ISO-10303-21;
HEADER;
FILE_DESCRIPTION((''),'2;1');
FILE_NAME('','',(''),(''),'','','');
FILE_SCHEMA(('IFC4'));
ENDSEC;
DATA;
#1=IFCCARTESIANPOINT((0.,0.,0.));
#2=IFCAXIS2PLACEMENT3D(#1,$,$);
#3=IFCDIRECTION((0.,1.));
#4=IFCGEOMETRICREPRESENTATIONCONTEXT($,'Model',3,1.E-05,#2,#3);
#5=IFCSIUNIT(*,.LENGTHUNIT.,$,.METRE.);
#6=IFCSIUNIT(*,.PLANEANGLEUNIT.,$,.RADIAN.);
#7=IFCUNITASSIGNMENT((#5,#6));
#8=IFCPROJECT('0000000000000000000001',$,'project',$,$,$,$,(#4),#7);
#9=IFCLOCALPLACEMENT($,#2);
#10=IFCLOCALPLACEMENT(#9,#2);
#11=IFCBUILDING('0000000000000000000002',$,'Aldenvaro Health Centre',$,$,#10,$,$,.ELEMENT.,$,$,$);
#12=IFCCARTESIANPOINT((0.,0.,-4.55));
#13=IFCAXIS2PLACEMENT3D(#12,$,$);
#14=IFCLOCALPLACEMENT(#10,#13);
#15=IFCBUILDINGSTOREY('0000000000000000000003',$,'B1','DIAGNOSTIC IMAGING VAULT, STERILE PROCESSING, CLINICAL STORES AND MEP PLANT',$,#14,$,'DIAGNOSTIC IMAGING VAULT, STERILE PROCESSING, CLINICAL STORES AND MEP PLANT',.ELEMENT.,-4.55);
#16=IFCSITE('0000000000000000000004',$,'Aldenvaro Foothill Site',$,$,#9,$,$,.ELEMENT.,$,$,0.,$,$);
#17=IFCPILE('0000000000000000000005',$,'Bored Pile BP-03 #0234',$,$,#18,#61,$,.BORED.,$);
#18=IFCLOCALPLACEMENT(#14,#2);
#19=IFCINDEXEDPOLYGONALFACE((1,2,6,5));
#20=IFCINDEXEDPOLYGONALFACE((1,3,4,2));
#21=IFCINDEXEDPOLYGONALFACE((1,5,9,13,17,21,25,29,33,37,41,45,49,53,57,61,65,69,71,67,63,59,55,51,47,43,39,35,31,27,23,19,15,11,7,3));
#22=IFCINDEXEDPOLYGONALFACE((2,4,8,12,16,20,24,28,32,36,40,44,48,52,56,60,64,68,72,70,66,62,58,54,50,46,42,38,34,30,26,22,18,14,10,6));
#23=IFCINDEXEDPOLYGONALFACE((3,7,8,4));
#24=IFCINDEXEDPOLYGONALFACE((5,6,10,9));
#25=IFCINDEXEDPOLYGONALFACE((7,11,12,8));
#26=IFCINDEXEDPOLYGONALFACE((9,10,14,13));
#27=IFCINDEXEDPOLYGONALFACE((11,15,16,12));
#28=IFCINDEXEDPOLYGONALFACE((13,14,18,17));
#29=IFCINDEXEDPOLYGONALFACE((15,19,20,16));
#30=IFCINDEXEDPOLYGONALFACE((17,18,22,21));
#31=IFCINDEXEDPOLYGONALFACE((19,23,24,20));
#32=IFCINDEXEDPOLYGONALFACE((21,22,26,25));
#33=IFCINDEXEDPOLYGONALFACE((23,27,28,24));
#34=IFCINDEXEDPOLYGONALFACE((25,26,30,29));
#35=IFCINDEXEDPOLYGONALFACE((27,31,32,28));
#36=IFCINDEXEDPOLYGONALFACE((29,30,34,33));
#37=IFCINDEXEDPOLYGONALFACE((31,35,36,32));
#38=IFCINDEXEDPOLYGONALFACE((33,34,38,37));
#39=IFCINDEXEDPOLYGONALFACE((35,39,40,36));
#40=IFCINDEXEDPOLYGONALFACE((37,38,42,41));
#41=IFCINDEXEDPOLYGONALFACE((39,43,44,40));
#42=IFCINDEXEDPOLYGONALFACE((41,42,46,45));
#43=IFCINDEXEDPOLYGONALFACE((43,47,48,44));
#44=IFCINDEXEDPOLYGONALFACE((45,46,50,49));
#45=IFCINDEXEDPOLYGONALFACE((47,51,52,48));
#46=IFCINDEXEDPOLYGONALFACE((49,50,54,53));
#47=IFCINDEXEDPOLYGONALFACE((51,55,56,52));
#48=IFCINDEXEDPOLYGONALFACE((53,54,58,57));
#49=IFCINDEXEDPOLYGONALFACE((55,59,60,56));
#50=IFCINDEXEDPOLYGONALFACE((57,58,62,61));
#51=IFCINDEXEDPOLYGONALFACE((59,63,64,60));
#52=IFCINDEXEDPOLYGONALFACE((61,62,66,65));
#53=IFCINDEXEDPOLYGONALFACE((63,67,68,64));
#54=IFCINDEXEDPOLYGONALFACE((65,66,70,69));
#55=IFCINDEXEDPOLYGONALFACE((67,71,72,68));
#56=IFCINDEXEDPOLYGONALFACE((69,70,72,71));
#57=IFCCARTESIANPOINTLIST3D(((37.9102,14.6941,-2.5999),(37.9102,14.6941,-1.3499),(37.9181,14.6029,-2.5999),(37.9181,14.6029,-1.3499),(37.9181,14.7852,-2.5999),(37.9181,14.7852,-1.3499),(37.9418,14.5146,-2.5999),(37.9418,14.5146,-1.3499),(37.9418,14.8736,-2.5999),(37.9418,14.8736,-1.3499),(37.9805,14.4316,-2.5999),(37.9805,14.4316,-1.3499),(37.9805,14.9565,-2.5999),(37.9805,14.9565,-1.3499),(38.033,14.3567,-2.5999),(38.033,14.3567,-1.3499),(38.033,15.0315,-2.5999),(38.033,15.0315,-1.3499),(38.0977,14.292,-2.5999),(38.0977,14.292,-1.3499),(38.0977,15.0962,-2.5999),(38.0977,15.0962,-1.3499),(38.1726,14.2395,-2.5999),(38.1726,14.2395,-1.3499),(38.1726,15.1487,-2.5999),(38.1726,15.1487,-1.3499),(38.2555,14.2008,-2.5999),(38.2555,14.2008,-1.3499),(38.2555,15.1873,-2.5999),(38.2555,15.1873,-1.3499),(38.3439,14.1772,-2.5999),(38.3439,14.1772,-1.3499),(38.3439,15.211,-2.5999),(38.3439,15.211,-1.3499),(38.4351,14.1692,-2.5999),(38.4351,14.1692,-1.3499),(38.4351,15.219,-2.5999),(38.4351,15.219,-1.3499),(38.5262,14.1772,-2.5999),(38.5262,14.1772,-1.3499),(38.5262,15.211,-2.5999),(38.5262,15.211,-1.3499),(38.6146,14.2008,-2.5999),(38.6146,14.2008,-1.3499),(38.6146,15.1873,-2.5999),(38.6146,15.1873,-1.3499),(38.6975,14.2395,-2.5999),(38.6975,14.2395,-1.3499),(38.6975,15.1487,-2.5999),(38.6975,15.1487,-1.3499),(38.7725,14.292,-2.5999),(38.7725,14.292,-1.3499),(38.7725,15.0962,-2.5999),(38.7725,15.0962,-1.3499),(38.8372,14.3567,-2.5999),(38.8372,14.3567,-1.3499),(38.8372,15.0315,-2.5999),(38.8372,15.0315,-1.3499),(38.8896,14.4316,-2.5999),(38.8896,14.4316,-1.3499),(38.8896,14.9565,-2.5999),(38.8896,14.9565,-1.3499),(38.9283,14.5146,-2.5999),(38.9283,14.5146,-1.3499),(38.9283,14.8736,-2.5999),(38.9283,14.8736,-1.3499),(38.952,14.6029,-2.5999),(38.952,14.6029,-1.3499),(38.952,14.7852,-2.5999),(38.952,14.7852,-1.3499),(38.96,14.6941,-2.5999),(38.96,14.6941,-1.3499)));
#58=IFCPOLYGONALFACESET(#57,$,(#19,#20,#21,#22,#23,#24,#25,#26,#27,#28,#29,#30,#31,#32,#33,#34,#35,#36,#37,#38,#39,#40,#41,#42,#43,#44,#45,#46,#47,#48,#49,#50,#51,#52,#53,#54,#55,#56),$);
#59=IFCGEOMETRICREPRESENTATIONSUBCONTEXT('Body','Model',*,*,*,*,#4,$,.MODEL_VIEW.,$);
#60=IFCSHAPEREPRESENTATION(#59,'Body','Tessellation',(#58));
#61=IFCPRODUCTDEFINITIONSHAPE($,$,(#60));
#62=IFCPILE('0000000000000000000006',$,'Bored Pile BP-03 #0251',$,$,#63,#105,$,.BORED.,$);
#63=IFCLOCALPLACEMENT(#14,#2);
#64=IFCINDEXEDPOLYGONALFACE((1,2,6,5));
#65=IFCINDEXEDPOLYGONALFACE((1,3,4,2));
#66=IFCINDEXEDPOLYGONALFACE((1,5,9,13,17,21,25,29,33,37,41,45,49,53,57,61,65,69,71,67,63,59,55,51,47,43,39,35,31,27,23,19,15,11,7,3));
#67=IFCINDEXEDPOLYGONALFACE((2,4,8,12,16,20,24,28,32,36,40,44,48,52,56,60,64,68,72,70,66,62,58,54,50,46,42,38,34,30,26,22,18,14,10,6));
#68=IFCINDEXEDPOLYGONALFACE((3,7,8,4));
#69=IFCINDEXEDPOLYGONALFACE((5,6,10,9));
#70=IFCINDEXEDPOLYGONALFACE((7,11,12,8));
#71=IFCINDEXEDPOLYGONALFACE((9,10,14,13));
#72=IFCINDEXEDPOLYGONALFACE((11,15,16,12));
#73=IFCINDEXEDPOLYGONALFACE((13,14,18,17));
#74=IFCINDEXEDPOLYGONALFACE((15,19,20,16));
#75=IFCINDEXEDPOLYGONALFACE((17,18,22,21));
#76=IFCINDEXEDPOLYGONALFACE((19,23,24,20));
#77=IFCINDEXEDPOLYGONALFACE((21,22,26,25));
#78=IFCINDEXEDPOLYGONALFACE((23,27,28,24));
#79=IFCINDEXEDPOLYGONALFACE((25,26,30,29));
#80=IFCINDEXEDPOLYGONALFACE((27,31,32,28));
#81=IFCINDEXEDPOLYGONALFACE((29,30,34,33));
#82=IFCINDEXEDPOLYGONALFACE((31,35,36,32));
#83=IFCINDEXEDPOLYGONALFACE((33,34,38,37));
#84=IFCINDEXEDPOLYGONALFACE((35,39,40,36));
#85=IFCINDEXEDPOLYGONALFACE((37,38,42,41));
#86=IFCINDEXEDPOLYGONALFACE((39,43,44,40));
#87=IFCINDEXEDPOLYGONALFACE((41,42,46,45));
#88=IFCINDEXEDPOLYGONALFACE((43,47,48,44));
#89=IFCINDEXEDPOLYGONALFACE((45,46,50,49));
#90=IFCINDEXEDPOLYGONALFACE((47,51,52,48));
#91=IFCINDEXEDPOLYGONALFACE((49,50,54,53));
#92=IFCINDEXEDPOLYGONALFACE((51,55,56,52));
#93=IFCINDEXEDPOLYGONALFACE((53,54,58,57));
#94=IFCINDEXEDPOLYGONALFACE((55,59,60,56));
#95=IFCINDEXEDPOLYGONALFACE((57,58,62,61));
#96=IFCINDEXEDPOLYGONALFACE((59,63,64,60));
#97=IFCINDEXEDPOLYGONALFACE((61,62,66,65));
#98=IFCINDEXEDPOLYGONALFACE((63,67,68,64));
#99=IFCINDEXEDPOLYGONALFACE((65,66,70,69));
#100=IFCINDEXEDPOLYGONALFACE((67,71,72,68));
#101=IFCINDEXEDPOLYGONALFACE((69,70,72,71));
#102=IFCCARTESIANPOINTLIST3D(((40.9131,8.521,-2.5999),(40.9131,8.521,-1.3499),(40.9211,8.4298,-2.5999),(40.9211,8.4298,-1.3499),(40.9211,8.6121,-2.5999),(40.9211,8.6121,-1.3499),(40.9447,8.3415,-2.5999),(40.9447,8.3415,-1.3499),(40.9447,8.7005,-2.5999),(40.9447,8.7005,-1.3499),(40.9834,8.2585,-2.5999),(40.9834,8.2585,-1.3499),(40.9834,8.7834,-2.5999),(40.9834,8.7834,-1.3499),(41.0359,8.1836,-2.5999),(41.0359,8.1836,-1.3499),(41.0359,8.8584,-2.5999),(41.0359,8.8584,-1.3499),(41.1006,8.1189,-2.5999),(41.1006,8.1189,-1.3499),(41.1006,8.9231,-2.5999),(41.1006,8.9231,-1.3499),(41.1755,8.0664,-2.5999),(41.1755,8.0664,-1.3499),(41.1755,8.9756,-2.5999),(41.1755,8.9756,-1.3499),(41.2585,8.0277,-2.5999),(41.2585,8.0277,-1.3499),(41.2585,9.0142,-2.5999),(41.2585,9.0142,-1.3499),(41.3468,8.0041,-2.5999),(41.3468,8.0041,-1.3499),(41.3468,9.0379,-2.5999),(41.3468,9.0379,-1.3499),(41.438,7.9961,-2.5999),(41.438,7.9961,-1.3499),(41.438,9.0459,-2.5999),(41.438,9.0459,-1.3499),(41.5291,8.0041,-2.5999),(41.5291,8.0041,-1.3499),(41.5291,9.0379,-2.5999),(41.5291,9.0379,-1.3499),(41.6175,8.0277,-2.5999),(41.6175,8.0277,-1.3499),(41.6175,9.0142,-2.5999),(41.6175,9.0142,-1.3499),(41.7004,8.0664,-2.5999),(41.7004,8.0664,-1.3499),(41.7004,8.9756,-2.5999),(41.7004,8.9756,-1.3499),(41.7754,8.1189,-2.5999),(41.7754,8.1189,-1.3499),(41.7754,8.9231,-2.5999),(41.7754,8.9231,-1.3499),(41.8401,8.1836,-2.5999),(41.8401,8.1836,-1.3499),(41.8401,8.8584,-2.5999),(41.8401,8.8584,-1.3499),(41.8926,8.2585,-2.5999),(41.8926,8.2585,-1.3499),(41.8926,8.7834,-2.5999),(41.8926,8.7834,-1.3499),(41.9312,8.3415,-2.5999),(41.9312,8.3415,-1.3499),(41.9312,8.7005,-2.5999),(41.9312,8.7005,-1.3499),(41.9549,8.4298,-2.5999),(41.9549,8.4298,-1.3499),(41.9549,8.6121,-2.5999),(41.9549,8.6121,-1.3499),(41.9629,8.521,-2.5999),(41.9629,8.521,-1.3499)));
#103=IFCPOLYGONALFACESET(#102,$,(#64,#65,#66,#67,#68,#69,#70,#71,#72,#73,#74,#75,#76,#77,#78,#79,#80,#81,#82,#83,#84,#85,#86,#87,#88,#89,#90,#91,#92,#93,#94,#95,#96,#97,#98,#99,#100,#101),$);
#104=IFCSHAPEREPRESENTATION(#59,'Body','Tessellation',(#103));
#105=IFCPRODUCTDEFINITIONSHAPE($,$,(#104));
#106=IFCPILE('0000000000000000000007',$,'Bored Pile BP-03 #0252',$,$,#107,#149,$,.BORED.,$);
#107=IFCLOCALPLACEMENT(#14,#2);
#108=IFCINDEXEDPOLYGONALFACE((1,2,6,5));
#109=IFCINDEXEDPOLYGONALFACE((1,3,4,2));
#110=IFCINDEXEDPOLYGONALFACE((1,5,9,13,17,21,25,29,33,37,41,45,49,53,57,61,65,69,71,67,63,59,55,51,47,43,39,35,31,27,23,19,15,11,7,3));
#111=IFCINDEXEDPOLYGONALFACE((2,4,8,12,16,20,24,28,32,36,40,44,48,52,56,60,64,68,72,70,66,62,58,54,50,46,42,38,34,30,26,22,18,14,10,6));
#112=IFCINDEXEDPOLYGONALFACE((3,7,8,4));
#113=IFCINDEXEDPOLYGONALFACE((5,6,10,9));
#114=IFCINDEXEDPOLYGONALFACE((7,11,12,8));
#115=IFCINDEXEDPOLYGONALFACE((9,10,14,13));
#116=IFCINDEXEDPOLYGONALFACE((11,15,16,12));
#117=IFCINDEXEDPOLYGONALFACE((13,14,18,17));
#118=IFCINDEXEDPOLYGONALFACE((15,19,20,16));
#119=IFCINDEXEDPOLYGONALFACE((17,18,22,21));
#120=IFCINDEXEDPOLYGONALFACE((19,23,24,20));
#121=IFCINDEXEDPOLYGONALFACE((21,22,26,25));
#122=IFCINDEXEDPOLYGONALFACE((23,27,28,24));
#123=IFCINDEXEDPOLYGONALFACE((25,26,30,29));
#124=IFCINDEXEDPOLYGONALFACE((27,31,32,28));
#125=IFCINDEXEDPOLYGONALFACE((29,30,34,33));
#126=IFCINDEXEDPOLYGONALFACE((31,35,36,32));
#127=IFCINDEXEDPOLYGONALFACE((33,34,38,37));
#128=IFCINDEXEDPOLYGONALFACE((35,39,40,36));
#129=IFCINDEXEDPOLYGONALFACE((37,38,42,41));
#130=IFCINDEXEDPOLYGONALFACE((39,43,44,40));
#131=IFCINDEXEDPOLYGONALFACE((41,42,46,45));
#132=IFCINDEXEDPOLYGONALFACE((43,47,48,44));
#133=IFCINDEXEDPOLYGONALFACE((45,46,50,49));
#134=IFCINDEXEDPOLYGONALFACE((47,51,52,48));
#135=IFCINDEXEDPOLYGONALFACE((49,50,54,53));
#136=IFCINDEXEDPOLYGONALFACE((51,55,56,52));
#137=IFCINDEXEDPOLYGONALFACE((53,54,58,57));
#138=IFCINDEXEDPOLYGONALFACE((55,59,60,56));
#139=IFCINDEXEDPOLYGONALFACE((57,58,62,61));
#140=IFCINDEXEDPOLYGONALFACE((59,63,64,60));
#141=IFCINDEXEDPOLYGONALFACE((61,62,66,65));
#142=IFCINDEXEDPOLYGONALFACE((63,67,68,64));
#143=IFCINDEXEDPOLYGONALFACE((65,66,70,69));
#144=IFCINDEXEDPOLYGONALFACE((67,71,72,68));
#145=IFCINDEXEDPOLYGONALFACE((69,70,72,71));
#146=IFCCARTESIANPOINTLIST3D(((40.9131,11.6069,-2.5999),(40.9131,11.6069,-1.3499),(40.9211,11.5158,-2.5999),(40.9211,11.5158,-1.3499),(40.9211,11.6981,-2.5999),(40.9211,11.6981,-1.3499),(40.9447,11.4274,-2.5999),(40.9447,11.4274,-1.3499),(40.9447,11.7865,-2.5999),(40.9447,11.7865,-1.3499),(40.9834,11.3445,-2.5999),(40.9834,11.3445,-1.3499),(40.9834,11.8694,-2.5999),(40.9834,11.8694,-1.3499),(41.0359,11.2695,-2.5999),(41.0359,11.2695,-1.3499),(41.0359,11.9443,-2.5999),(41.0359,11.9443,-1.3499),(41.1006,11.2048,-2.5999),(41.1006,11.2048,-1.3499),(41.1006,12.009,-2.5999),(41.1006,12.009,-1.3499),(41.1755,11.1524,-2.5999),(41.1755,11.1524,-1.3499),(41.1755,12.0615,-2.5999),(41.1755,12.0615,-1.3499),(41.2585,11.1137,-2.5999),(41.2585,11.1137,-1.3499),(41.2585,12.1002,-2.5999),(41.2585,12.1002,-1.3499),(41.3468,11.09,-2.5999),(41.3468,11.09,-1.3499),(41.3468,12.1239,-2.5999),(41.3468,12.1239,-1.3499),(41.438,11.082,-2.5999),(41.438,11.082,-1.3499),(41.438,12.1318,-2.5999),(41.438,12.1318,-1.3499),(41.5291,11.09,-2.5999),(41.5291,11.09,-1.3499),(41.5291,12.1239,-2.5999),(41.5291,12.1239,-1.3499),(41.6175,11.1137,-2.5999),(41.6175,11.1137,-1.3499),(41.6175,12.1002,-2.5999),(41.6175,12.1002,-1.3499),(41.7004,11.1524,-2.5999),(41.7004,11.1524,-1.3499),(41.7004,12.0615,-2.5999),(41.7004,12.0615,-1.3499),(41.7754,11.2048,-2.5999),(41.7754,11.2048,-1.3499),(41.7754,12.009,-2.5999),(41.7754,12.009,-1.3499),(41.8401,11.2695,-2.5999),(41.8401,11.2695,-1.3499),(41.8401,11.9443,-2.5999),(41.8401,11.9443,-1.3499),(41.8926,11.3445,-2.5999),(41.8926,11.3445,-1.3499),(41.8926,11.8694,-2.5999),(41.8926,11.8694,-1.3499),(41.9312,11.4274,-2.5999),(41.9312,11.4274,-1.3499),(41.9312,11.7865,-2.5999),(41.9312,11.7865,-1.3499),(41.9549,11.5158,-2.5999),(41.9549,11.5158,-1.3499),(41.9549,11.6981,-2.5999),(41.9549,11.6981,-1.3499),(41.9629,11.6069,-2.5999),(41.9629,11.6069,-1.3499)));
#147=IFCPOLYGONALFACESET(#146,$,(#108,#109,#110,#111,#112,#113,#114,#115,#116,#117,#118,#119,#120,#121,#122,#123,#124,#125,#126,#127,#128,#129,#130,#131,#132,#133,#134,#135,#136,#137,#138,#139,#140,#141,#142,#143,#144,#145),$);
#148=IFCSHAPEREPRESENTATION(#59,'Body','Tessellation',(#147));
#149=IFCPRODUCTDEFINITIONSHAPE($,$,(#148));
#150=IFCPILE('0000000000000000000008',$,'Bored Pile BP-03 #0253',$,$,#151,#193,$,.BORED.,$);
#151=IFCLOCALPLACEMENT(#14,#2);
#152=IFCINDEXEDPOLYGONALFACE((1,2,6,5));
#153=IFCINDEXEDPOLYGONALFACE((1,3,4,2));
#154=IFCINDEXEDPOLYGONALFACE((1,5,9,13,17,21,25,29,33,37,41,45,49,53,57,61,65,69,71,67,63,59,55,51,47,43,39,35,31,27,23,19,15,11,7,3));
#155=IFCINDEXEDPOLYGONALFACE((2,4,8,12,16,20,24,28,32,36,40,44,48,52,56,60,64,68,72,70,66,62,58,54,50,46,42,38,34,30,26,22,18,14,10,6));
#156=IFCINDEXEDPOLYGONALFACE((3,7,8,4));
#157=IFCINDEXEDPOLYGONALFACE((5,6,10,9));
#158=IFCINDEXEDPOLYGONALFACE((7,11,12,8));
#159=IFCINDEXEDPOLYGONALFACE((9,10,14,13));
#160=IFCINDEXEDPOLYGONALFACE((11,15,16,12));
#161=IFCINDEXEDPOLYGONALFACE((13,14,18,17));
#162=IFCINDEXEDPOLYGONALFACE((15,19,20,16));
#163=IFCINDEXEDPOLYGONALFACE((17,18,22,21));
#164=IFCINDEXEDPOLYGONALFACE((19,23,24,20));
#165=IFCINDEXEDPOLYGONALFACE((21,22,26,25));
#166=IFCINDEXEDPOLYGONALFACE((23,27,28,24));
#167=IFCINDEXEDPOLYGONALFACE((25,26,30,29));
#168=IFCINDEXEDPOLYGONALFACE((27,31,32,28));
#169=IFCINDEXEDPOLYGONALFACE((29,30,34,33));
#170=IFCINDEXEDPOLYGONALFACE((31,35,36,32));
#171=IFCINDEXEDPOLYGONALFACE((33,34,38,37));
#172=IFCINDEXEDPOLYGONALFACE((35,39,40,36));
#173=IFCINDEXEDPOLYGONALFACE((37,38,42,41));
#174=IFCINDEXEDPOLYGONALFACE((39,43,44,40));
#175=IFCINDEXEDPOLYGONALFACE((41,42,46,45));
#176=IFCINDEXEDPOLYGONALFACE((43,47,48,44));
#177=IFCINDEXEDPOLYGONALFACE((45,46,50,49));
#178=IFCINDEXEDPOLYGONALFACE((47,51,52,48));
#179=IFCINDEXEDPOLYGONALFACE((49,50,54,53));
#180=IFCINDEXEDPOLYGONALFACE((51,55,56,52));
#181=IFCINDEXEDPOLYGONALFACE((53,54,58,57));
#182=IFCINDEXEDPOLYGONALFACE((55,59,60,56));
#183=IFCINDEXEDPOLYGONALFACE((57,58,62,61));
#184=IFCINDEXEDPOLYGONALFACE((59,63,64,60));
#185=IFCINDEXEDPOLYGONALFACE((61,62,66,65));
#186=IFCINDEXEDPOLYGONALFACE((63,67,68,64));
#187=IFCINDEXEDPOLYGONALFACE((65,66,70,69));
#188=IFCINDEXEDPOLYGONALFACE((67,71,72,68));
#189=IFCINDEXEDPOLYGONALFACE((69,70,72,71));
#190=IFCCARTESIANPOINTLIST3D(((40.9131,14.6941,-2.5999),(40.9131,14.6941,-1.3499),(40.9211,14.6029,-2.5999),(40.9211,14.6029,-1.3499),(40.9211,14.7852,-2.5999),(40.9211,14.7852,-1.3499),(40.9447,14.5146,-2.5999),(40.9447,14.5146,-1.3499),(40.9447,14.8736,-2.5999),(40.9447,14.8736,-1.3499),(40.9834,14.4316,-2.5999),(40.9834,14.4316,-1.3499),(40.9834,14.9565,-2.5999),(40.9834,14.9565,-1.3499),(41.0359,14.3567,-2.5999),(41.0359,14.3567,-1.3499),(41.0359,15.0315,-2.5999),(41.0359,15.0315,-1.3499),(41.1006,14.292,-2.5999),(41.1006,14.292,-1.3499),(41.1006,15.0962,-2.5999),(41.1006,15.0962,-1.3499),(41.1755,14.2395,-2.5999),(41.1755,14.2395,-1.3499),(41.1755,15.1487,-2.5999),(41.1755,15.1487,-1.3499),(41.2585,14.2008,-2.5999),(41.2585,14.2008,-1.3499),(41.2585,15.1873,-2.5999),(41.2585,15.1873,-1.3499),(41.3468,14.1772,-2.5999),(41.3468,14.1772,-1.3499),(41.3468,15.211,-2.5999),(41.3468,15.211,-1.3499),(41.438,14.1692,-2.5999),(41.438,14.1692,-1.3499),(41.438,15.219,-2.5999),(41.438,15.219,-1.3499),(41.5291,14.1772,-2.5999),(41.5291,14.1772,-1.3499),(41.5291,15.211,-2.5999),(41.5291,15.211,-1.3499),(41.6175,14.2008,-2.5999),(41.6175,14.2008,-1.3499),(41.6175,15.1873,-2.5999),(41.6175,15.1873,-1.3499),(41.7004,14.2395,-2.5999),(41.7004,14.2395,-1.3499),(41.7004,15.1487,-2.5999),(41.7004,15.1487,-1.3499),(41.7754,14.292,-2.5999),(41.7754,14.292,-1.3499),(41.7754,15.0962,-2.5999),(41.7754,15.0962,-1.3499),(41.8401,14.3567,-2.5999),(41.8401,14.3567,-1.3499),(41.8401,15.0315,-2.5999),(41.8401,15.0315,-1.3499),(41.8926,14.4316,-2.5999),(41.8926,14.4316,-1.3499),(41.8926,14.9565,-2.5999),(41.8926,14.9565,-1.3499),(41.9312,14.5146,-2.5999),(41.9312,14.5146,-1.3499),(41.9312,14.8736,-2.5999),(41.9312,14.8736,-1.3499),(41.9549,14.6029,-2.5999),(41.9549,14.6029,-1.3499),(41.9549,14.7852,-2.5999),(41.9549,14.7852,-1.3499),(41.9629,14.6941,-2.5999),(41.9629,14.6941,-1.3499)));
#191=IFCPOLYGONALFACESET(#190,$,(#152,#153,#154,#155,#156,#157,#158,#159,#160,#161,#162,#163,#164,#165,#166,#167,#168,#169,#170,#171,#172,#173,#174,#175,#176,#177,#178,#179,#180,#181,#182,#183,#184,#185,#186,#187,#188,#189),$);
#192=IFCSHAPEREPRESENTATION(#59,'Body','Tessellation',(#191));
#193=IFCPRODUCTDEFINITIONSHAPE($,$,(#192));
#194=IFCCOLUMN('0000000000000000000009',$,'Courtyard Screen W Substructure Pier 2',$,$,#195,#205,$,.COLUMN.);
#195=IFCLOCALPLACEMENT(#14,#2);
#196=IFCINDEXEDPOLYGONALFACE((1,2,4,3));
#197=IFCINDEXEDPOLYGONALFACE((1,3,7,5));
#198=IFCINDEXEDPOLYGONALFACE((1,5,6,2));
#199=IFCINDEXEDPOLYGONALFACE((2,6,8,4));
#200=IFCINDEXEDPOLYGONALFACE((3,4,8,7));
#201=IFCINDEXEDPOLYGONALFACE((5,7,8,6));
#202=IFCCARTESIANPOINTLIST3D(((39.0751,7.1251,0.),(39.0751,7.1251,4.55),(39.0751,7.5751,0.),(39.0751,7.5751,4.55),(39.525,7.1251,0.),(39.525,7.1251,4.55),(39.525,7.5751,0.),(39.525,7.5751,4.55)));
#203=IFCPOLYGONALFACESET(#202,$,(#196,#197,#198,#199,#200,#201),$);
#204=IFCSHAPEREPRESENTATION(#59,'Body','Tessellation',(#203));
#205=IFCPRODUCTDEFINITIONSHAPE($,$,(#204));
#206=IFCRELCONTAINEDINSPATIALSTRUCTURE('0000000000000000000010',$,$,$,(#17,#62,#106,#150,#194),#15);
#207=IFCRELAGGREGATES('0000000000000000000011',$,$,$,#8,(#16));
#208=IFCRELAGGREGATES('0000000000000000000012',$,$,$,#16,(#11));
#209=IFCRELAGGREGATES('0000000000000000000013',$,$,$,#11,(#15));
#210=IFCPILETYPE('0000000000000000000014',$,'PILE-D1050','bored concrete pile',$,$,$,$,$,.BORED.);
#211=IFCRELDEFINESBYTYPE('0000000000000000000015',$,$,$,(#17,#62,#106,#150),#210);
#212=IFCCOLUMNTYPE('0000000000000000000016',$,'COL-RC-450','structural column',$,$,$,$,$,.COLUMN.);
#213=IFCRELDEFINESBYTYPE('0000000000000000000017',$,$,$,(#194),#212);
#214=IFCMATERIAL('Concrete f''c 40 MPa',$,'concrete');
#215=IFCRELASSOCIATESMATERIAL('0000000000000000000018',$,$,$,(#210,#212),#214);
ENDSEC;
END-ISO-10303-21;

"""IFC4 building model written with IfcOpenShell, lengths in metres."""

from ifc_helpers import new_model, si_unit, direction, frame, origin, origin_2d, place, context, subcontext, project, spatial, rectangle, circle, extrude, material, material_profile, profile_set, type_object, element, save


model = new_model("IFC4")

# Units and contexts
model_context = context("Model", 3, precision=1e-05, world=origin(), true_north=direction((0.0, 1.0)))
body_context = subcontext(model_context, "Body", "Model", "MODEL_VIEW")
ifc_project = project(units=[si_unit("LENGTHUNIT", "METRE"), si_unit("PLANEANGLEUNIT", "RADIAN")], contexts=[model_context])

# Site, building, storey
site_placement = place(None, origin())
site = spatial("IfcSite", under=ifc_project, at=site_placement, Name="Aldenvaro Foothill Site", CompositionType="ELEMENT", RefElevation=0.0)
building_placement = place(site_placement, origin())
building = spatial("IfcBuilding", under=site, at=building_placement, Name="Aldenvaro Health Centre", CompositionType="ELEMENT")
storey_placement = place(building_placement, frame((0.0, 0.0, -4.55)))
storey = spatial("IfcBuildingStorey", under=building, at=storey_placement, Name="B1", Description="DIAGNOSTIC IMAGING VAULT, STERILE PROCESSING, CLINICAL STORES AND MEP PLANT", LongName="DIAGNOSTIC IMAGING VAULT, STERILE PROCESSING, CLINICAL STORES AND MEP PLANT", CompositionType="ELEMENT", Elevation=-4.55)

# Piles
ifc_material_1 = material(Name="Concrete f'c 40 MPa", Category="concrete")
ifc_material_profile_1 = material_profile(ifc_material_1, circle(Radius=0.5249, at=origin_2d()), Name="PILE D1050", Category="concrete")
ifc_profile_set_1 = profile_set([ifc_material_profile_1], Name="Concrete f'c 40 MPa")
pile_type = type_object("IfcPileType", Name="PILE-D1050", Description="bored concrete pile", PredefinedType="BORED", material=ifc_profile_set_1)
for number, where, z_axis, x_axis, name in (
    (1, (38.4351, 14.6941, -1.3499), (0.0, 0.0, -1.0), (1.0, 0.0, 0.0), "Bored Pile BP-03 #0234"),
    (2, (41.438, 8.521, -1.3499), (0.0, 0.0, -1.0), (1.0, 0.0, 0.0), "Bored Pile BP-03 #0251"),
    (3, (41.438, 11.6069, -1.3499), (0.0, 0.0, -1.0), (1.0, 0.0, 0.0), "Bored Pile BP-03 #0252"),
    (4, (41.438, 14.6941, -1.3499), (0.0, 0.0, -1.0), (1.0, 0.0, 0.0), "Bored Pile BP-03 #0253"),
):
    element("IfcPile", number, at=place(storey_placement, frame(where, z_axis=z_axis, x_axis=x_axis)), inside=storey, type_object=pile_type, Name=name, PredefinedType="BORED", context=body_context, shape_type="SweptSolid", body=[
        extrude(circle(Radius=0.5249, at=origin_2d()), origin(), (0.0, 0.0, 1.0), 1.25),
    ])

# Column
ifc_material_profile_2 = material_profile(ifc_material_1, rectangle(XDim=0.45, YDim=0.45, at=origin_2d()), Name="RC 450x450", Category="concrete")
ifc_profile_set_2 = profile_set([ifc_material_profile_2], Name="Concrete f'c 40 MPa")
column_type_1 = type_object("IfcColumnType", Name="COL-RC-450", Description="structural column", PredefinedType="COLUMN", material=ifc_profile_set_2)
for number, where, z_axis, x_axis, name in (
    (5, (39.3, 7.3501, 0.0), (0.0, 0.0, 1.0), (1.0, 0.0, 0.0), "Courtyard Screen W Substructure Pier 2"),
):
    element("IfcColumn", number, at=place(storey_placement, frame(where, z_axis=z_axis, x_axis=x_axis)), inside=storey, type_object=column_type_1, Name=name, PredefinedType="COLUMN", context=body_context, shape_type="SweptSolid", body=[
        extrude(rectangle(XDim=0.45, YDim=0.45, at=origin_2d()), origin(), (0.0, 0.0, 1.0), 4.55),
    ])

save(model, "model.ifc")
